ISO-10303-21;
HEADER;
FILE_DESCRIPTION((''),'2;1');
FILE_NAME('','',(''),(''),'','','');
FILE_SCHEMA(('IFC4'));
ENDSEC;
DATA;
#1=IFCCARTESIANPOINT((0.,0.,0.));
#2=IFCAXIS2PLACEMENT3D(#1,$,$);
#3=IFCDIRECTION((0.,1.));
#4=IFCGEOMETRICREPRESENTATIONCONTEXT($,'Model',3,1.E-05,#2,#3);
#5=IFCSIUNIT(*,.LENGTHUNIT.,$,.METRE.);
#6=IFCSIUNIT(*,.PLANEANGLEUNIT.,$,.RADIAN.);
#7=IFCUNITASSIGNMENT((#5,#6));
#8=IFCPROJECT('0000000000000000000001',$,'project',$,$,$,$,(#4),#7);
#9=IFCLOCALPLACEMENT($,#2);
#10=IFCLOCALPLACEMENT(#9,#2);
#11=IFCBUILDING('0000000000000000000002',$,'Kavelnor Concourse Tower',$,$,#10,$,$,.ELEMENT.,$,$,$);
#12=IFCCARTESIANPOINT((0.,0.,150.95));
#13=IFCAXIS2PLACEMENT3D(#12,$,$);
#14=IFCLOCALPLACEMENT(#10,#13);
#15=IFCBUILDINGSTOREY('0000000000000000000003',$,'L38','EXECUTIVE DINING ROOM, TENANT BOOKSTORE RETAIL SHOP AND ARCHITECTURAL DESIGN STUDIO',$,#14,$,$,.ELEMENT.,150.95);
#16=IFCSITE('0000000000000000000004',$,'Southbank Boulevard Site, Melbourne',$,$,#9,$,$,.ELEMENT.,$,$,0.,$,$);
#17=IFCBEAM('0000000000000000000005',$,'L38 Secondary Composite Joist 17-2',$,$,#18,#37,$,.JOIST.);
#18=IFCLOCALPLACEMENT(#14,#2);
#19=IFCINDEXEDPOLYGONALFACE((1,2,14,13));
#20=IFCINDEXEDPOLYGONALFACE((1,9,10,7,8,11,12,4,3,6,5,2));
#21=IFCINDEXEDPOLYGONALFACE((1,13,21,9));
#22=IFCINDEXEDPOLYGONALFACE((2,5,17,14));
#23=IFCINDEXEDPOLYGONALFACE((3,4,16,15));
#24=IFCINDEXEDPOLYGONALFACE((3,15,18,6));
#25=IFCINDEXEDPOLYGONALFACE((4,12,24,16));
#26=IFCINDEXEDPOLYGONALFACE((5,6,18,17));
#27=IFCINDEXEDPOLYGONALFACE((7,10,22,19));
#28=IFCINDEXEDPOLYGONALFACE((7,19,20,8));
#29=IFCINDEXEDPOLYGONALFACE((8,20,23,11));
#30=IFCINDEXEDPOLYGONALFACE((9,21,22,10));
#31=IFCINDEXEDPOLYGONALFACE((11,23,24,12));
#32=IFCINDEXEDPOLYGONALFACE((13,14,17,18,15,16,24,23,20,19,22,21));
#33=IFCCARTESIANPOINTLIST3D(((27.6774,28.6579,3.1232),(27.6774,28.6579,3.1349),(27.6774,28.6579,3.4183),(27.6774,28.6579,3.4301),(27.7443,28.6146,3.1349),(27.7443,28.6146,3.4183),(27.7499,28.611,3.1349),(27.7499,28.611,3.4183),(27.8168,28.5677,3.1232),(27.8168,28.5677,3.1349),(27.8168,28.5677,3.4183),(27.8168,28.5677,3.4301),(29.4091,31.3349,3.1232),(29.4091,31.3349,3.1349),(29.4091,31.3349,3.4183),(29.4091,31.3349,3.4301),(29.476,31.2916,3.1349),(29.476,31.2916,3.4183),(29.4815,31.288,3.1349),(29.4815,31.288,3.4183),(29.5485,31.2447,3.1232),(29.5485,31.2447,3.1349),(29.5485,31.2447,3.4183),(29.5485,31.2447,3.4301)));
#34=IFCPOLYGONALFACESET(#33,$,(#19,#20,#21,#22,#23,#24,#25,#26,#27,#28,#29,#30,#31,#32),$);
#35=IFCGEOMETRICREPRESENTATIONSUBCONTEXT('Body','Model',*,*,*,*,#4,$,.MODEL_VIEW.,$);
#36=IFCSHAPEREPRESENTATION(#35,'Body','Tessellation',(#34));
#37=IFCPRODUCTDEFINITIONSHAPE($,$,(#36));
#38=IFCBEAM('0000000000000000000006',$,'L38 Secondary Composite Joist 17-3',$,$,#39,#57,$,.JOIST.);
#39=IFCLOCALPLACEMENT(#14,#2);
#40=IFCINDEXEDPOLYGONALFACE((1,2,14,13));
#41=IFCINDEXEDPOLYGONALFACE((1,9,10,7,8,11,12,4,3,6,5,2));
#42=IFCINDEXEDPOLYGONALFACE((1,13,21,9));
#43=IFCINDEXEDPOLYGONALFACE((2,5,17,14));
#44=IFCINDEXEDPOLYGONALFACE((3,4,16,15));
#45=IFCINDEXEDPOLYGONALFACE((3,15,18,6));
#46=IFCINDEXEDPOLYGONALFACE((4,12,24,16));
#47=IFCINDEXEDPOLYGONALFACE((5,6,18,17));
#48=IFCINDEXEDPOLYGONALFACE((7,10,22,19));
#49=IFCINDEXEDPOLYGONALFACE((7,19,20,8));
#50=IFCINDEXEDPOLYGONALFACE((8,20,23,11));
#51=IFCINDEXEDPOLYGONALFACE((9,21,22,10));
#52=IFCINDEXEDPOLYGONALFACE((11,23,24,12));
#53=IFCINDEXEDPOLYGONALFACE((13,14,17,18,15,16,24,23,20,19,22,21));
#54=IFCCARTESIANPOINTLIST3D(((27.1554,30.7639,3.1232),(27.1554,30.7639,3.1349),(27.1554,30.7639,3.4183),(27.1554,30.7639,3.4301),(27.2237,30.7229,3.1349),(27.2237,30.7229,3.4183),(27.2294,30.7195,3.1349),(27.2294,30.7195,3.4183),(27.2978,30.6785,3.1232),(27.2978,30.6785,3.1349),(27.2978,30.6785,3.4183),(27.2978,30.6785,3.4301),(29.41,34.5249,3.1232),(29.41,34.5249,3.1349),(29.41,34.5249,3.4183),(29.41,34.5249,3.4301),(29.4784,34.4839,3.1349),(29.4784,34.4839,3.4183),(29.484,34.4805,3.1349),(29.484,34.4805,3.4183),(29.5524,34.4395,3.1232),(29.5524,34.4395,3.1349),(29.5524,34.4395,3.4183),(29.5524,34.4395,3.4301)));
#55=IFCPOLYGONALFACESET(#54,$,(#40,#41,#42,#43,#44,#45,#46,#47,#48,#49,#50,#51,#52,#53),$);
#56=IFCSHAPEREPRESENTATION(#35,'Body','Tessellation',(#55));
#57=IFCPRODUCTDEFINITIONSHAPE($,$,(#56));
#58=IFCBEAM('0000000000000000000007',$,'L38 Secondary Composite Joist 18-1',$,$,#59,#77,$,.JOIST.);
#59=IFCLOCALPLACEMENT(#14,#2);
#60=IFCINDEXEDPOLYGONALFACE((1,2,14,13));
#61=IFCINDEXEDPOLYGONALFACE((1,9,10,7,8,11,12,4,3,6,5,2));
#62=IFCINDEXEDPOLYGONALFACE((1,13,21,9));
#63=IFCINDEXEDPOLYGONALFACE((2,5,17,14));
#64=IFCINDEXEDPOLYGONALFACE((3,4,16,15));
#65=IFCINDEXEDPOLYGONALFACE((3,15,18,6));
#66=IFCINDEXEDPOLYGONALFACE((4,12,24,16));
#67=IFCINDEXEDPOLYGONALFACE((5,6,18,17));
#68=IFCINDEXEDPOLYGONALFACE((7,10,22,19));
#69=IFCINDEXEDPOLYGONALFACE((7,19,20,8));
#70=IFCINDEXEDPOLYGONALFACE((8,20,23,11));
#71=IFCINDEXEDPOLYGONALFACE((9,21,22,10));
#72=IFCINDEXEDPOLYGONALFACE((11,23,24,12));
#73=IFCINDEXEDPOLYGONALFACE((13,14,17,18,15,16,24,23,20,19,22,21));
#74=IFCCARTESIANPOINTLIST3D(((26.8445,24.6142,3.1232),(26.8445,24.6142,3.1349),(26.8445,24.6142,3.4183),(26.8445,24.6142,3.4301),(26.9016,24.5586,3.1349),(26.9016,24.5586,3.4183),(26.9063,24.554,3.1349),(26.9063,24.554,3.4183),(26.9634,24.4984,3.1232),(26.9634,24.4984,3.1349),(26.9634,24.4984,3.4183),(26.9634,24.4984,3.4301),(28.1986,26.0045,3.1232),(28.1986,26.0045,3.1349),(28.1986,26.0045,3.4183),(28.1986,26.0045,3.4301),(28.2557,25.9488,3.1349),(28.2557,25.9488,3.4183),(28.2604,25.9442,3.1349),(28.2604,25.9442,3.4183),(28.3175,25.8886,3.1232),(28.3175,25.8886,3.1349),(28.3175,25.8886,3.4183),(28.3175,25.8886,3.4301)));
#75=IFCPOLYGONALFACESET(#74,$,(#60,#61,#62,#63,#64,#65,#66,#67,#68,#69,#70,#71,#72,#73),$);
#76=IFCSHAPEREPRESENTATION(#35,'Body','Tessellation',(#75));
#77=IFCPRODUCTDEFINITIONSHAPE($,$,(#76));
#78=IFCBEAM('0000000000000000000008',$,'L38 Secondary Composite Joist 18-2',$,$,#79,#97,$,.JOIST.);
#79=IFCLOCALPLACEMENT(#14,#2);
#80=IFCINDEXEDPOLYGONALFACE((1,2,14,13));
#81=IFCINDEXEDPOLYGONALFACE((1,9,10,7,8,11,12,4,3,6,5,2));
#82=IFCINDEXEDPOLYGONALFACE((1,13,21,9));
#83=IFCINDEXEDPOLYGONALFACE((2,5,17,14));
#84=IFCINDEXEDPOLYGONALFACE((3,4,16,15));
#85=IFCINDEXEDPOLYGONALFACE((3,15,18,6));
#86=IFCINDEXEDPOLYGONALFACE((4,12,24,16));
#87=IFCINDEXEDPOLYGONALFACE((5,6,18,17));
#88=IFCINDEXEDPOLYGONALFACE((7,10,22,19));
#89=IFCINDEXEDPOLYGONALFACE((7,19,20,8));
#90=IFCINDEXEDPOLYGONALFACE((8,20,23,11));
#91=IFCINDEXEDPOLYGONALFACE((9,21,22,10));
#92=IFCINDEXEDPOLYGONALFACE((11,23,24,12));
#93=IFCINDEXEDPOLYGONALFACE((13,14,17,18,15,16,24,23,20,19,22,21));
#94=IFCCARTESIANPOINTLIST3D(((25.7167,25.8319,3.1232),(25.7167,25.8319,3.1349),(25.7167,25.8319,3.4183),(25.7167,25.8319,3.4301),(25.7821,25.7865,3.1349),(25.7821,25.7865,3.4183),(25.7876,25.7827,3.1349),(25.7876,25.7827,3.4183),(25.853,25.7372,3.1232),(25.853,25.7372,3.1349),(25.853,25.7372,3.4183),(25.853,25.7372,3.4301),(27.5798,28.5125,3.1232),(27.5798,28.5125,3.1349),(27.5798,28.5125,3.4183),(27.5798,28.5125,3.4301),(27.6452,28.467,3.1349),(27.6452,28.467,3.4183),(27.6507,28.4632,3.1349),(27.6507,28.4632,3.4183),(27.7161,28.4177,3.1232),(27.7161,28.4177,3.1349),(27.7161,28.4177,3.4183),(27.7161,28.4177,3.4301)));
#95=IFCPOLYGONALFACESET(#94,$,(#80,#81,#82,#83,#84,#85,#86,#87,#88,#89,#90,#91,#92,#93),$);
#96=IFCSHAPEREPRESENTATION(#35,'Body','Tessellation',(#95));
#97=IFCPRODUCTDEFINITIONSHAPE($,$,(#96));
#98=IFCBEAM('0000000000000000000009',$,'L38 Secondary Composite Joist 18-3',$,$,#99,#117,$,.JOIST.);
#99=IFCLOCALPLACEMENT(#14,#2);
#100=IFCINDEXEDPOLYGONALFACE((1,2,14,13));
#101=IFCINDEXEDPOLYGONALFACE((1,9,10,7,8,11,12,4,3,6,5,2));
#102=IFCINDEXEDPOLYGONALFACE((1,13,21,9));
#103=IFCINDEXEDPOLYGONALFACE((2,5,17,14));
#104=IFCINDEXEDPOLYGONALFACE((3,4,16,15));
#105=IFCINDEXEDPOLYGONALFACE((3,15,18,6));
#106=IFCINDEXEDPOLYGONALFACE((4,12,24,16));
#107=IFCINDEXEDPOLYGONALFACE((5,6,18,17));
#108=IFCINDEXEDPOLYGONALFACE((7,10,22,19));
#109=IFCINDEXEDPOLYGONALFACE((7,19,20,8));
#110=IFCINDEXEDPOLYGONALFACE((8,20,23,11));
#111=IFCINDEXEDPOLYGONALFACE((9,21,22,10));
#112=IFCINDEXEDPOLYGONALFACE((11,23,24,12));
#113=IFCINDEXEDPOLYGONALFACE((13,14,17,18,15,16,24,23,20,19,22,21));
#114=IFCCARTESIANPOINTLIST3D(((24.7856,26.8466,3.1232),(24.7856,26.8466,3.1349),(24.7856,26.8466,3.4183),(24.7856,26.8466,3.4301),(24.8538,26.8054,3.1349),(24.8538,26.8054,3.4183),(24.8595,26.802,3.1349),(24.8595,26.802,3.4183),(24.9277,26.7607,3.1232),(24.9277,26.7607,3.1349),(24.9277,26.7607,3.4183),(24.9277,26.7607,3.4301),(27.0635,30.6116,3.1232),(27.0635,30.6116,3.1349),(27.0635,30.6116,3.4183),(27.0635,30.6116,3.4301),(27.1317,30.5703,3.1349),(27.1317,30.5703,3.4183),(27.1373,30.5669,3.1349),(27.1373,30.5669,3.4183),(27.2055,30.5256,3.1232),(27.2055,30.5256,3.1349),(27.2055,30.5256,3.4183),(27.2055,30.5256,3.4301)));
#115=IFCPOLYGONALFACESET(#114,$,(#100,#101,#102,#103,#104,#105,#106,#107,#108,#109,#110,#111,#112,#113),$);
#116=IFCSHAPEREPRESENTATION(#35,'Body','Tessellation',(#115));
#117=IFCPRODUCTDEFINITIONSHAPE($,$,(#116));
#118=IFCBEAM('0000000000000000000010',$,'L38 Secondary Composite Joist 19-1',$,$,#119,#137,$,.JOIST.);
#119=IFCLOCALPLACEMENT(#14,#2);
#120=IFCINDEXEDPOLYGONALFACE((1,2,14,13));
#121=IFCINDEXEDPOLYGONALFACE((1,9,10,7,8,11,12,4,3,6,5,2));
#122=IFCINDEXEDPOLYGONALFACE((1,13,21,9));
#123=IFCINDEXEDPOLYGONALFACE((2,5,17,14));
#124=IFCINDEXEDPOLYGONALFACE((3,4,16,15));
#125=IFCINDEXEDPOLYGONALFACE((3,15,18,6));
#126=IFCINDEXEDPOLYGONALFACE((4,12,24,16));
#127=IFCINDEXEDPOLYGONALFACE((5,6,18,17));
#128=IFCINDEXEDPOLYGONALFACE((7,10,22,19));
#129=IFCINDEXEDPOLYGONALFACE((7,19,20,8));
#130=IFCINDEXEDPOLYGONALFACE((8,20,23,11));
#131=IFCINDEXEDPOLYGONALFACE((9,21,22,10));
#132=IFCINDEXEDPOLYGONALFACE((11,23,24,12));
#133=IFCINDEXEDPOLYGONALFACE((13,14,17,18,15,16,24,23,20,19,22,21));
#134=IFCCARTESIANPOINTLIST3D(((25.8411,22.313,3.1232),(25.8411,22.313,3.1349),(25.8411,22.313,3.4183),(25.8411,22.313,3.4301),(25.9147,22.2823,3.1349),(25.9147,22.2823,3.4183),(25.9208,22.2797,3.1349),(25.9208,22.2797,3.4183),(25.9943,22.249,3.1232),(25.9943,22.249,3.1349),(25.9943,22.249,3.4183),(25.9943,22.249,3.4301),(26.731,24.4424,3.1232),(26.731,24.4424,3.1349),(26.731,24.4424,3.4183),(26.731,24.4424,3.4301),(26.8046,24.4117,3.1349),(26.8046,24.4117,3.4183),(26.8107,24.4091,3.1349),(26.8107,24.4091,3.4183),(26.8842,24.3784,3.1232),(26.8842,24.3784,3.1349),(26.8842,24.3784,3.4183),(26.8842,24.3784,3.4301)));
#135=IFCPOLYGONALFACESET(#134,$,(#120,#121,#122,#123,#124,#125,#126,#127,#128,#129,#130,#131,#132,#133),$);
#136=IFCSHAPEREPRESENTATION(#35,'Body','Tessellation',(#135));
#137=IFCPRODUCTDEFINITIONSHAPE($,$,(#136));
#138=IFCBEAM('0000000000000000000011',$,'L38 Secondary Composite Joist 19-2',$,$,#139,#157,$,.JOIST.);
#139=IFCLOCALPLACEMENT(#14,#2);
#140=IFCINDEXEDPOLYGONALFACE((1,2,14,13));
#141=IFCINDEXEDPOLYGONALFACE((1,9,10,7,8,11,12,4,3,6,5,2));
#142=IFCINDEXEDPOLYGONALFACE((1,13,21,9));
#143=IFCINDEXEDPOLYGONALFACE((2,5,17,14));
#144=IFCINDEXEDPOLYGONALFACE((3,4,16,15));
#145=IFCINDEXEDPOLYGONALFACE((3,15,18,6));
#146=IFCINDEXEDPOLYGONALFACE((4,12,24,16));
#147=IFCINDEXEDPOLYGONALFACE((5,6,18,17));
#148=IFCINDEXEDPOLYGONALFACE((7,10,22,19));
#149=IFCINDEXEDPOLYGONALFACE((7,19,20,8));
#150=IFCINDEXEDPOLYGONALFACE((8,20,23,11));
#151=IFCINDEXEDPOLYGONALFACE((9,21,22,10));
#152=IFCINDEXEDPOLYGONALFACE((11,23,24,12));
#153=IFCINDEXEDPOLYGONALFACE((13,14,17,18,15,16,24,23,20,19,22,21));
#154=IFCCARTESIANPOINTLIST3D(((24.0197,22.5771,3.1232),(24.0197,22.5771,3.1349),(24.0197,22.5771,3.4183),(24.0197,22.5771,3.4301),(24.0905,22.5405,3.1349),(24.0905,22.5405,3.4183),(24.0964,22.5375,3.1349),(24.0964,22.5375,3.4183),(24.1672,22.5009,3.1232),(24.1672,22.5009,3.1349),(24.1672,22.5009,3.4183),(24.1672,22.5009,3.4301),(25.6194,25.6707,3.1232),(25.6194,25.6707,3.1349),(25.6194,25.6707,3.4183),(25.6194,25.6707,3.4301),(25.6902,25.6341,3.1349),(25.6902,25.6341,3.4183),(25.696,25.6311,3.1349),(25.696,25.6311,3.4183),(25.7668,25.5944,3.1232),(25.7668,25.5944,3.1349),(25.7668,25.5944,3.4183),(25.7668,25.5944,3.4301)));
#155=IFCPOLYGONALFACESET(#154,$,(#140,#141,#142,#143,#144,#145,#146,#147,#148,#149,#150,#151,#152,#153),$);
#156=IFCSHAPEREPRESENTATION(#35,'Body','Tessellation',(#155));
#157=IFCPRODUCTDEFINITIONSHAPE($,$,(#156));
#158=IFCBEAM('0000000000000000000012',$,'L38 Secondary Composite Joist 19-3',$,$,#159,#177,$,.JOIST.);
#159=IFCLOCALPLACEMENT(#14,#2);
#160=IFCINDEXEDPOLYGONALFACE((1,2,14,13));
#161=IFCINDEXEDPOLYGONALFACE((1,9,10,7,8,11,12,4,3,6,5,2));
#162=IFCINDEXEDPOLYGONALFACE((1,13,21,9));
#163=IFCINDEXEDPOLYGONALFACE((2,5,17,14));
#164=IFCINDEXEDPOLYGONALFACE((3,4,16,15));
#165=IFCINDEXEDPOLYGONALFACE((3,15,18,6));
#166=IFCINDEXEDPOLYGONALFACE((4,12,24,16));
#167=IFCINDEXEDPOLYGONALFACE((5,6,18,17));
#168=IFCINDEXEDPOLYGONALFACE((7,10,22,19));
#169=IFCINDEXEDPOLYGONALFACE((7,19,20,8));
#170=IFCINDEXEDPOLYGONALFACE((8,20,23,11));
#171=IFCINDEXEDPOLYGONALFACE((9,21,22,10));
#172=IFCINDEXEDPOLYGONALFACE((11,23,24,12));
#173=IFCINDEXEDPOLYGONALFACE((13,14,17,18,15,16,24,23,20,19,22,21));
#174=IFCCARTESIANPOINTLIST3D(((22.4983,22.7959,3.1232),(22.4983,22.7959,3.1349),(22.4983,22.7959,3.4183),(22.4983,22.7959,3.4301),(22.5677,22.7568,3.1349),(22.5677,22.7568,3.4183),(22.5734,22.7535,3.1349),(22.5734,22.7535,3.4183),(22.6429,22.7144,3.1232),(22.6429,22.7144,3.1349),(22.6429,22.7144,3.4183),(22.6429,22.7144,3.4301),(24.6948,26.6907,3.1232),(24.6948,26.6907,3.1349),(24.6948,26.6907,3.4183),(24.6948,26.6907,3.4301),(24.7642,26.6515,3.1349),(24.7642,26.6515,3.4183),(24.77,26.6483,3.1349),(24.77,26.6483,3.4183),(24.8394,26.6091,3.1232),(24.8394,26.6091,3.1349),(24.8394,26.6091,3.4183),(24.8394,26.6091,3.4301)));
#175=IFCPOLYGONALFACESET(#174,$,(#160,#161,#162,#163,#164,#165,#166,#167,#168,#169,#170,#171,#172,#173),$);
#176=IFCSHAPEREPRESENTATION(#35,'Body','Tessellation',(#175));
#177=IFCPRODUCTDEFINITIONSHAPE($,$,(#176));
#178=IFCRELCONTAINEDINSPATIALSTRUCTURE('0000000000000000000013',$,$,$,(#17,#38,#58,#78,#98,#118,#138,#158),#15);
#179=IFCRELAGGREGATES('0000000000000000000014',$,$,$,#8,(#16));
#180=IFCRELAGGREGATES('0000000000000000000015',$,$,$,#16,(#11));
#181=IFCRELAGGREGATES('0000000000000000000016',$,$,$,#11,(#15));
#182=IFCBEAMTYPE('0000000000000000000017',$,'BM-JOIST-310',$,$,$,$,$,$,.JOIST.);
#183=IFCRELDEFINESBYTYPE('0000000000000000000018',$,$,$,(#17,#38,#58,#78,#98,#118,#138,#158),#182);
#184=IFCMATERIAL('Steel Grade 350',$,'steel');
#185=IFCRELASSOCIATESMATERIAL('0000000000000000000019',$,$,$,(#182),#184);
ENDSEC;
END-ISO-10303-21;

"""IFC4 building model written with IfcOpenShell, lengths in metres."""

from ifc_helpers import new_model, si_unit, direction, frame, origin, origin_2d, place, context, subcontext, project, spatial, i_section, extrude, material, material_profile, profile_set, type_object, element, save


model = new_model("IFC4")

# Units and contexts
model_context = context("Model", 3, precision=1e-05, world=origin(), true_north=direction((0.0, 1.0)))
body_context = subcontext(model_context, "Body", "Model", "MODEL_VIEW")
ifc_project = project(units=[si_unit("LENGTHUNIT", "METRE"), si_unit("PLANEANGLEUNIT", "RADIAN")], contexts=[model_context])

# Site, building, storey
site_placement = place(None, origin())
site = spatial("IfcSite", under=ifc_project, at=site_placement, Name="Southbank Boulevard Site, Melbourne", CompositionType="ELEMENT", RefElevation=0.0)
building_placement = place(site_placement, origin())
building = spatial("IfcBuilding", under=site, at=building_placement, Name="Kavelnor Concourse Tower", CompositionType="ELEMENT")
storey_placement = place(building_placement, frame((0.0, 0.0, 150.95)))
storey = spatial("IfcBuildingStorey", under=building, at=storey_placement, Name="L38", Description="EXECUTIVE DINING ROOM, TENANT BOOKSTORE RETAIL SHOP AND ARCHITECTURAL DESIGN STUDIO", CompositionType="ELEMENT", Elevation=150.95)

# Shared definitions
ifc_material_1 = material(Name="Steel Grade 350", Category="steel")

# Beams
ifc_material_profile_1 = material_profile(ifc_material_1, i_section(OverallWidth=0.166, OverallDepth=0.3069, WebThickness=0.0066, FlangeThickness=0.0117, at=origin_2d()), Name="310UB46")
ifc_profile_set_1 = profile_set([ifc_material_profile_1], Name="Steel Grade 350")
beam_type_1 = type_object("IfcBeamType", Name="BM-JOIST-310", PredefinedType="JOIST", material=ifc_profile_set_1)
beam_1_placement = place(storey_placement, frame((29.4788, 31.2898, 3.2766), z_axis=(-0.543143, -0.83964, 0.0), x_axis=(0.83964, -0.543143, 0.0)))
element("IfcBeam", 1, at=beam_1_placement, inside=storey, type_object=beam_type_1, Name="L38 Secondary Composite Joist 17-2", PredefinedType="JOIST", context=body_context, shape_type="SweptSolid", body=[
    extrude(i_section(OverallWidth=0.166, OverallDepth=0.3069, WebThickness=0.0066, FlangeThickness=0.0117, at=origin_2d()), origin(), (0.0, 0.0, 1.0), 3.1882),
])
beam_2_placement = place(storey_placement, frame((29.4812, 34.4822, 3.2766), z_axis=(-0.514168, -0.857689, 0.0), x_axis=(0.857689, -0.514168, 0.0)))
element("IfcBeam", 2, at=beam_2_placement, inside=storey, type_object=beam_type_1, Name="L38 Secondary Composite Joist 17-3", PredefinedType="JOIST", context=body_context, shape_type="SweptSolid", body=[
    extrude(i_section(OverallWidth=0.166, OverallDepth=0.3069, WebThickness=0.0066, FlangeThickness=0.0117, at=origin_2d()), origin(), (0.0, 0.0, 1.0), 4.385),
])
beam_3_placement = place(storey_placement, frame((28.2581, 25.9465, 3.2766), z_axis=(-0.697736, -0.716355, 0.0), x_axis=(0.716355, -0.697736, 0.0)))
element("IfcBeam", 3, at=beam_3_placement, inside=storey, type_object=beam_type_1, Name="L38 Secondary Composite Joist 18-1", PredefinedType="JOIST", context=body_context, shape_type="SweptSolid", body=[
    extrude(i_section(OverallWidth=0.166, OverallDepth=0.3069, WebThickness=0.0066, FlangeThickness=0.0117, at=origin_2d()), origin(), (0.0, 0.0, 1.0), 1.9407),
])
beam_4_placement = place(storey_placement, frame((27.6479, 28.4651, 3.2766), z_axis=(-0.570734, -0.821135, 0.0), x_axis=(0.821135, -0.570734, 0.0)))
element("IfcBeam", 4, at=beam_4_placement, inside=storey, type_object=beam_type_1, Name="L38 Secondary Composite Joist 18-2", PredefinedType="JOIST", context=body_context, shape_type="SweptSolid", body=[
    extrude(i_section(OverallWidth=0.166, OverallDepth=0.3069, WebThickness=0.0066, FlangeThickness=0.0117, at=origin_2d()), origin(), (0.0, 0.0, 1.0), 3.2644),
])
beam_5_placement = place(storey_placement, frame((27.1345, 30.5686, 3.2766), z_axis=(-0.51765, -0.855593, 0.0), x_axis=(0.855593, -0.51765, 0.0)))
element("IfcBeam", 5, at=beam_5_placement, inside=storey, type_object=beam_type_1, Name="L38 Secondary Composite Joist 18-3", PredefinedType="JOIST", context=body_context, shape_type="SweptSolid", body=[
    extrude(i_section(OverallWidth=0.166, OverallDepth=0.3069, WebThickness=0.0066, FlangeThickness=0.0117, at=origin_2d()), origin(), (0.0, 0.0, 1.0), 4.4004),
])
beam_6_placement = place(storey_placement, frame((26.8076, 24.4104, 3.2766), z_axis=(-0.385592, -0.92267, 0.0), x_axis=(0.92267, -0.385592, 0.0)))
element("IfcBeam", 6, at=beam_6_placement, inside=storey, type_object=beam_type_1, Name="L38 Secondary Composite Joist 19-1", PredefinedType="JOIST", context=body_context, shape_type="SweptSolid", body=[
    extrude(i_section(OverallWidth=0.166, OverallDepth=0.3069, WebThickness=0.0066, FlangeThickness=0.0117, at=origin_2d()), origin(), (0.0, 0.0, 1.0), 2.3079),
])
beam_7_placement = place(storey_placement, frame((25.6931, 25.6326, 3.2766), z_axis=(-0.459314, -0.888274, 0.0), x_axis=(0.888274, -0.459314, 0.0)))
element("IfcBeam", 7, at=beam_7_placement, inside=storey, type_object=beam_type_1, Name="L38 Secondary Composite Joist 19-2", PredefinedType="JOIST", context=body_context, shape_type="SweptSolid", body=[
    extrude(i_section(OverallWidth=0.166, OverallDepth=0.3069, WebThickness=0.0066, FlangeThickness=0.0117, at=origin_2d()), origin(), (0.0, 0.0, 1.0), 3.4827),
])
beam_8_placement = place(storey_placement, frame((24.7671, 26.6499, 3.2766), z_axis=(-0.491233, -0.871028, 0.0), x_axis=(0.871028, -0.491233, 0.0)))
element("IfcBeam", 8, at=beam_8_placement, inside=storey, type_object=beam_type_1, Name="L38 Secondary Composite Joist 19-3", PredefinedType="JOIST", context=body_context, shape_type="SweptSolid", body=[
    extrude(i_section(OverallWidth=0.166, OverallDepth=0.3069, WebThickness=0.0066, FlangeThickness=0.0117, at=origin_2d()), origin(), (0.0, 0.0, 1.0), 4.4714),
])

save(model, "model.ifc")
